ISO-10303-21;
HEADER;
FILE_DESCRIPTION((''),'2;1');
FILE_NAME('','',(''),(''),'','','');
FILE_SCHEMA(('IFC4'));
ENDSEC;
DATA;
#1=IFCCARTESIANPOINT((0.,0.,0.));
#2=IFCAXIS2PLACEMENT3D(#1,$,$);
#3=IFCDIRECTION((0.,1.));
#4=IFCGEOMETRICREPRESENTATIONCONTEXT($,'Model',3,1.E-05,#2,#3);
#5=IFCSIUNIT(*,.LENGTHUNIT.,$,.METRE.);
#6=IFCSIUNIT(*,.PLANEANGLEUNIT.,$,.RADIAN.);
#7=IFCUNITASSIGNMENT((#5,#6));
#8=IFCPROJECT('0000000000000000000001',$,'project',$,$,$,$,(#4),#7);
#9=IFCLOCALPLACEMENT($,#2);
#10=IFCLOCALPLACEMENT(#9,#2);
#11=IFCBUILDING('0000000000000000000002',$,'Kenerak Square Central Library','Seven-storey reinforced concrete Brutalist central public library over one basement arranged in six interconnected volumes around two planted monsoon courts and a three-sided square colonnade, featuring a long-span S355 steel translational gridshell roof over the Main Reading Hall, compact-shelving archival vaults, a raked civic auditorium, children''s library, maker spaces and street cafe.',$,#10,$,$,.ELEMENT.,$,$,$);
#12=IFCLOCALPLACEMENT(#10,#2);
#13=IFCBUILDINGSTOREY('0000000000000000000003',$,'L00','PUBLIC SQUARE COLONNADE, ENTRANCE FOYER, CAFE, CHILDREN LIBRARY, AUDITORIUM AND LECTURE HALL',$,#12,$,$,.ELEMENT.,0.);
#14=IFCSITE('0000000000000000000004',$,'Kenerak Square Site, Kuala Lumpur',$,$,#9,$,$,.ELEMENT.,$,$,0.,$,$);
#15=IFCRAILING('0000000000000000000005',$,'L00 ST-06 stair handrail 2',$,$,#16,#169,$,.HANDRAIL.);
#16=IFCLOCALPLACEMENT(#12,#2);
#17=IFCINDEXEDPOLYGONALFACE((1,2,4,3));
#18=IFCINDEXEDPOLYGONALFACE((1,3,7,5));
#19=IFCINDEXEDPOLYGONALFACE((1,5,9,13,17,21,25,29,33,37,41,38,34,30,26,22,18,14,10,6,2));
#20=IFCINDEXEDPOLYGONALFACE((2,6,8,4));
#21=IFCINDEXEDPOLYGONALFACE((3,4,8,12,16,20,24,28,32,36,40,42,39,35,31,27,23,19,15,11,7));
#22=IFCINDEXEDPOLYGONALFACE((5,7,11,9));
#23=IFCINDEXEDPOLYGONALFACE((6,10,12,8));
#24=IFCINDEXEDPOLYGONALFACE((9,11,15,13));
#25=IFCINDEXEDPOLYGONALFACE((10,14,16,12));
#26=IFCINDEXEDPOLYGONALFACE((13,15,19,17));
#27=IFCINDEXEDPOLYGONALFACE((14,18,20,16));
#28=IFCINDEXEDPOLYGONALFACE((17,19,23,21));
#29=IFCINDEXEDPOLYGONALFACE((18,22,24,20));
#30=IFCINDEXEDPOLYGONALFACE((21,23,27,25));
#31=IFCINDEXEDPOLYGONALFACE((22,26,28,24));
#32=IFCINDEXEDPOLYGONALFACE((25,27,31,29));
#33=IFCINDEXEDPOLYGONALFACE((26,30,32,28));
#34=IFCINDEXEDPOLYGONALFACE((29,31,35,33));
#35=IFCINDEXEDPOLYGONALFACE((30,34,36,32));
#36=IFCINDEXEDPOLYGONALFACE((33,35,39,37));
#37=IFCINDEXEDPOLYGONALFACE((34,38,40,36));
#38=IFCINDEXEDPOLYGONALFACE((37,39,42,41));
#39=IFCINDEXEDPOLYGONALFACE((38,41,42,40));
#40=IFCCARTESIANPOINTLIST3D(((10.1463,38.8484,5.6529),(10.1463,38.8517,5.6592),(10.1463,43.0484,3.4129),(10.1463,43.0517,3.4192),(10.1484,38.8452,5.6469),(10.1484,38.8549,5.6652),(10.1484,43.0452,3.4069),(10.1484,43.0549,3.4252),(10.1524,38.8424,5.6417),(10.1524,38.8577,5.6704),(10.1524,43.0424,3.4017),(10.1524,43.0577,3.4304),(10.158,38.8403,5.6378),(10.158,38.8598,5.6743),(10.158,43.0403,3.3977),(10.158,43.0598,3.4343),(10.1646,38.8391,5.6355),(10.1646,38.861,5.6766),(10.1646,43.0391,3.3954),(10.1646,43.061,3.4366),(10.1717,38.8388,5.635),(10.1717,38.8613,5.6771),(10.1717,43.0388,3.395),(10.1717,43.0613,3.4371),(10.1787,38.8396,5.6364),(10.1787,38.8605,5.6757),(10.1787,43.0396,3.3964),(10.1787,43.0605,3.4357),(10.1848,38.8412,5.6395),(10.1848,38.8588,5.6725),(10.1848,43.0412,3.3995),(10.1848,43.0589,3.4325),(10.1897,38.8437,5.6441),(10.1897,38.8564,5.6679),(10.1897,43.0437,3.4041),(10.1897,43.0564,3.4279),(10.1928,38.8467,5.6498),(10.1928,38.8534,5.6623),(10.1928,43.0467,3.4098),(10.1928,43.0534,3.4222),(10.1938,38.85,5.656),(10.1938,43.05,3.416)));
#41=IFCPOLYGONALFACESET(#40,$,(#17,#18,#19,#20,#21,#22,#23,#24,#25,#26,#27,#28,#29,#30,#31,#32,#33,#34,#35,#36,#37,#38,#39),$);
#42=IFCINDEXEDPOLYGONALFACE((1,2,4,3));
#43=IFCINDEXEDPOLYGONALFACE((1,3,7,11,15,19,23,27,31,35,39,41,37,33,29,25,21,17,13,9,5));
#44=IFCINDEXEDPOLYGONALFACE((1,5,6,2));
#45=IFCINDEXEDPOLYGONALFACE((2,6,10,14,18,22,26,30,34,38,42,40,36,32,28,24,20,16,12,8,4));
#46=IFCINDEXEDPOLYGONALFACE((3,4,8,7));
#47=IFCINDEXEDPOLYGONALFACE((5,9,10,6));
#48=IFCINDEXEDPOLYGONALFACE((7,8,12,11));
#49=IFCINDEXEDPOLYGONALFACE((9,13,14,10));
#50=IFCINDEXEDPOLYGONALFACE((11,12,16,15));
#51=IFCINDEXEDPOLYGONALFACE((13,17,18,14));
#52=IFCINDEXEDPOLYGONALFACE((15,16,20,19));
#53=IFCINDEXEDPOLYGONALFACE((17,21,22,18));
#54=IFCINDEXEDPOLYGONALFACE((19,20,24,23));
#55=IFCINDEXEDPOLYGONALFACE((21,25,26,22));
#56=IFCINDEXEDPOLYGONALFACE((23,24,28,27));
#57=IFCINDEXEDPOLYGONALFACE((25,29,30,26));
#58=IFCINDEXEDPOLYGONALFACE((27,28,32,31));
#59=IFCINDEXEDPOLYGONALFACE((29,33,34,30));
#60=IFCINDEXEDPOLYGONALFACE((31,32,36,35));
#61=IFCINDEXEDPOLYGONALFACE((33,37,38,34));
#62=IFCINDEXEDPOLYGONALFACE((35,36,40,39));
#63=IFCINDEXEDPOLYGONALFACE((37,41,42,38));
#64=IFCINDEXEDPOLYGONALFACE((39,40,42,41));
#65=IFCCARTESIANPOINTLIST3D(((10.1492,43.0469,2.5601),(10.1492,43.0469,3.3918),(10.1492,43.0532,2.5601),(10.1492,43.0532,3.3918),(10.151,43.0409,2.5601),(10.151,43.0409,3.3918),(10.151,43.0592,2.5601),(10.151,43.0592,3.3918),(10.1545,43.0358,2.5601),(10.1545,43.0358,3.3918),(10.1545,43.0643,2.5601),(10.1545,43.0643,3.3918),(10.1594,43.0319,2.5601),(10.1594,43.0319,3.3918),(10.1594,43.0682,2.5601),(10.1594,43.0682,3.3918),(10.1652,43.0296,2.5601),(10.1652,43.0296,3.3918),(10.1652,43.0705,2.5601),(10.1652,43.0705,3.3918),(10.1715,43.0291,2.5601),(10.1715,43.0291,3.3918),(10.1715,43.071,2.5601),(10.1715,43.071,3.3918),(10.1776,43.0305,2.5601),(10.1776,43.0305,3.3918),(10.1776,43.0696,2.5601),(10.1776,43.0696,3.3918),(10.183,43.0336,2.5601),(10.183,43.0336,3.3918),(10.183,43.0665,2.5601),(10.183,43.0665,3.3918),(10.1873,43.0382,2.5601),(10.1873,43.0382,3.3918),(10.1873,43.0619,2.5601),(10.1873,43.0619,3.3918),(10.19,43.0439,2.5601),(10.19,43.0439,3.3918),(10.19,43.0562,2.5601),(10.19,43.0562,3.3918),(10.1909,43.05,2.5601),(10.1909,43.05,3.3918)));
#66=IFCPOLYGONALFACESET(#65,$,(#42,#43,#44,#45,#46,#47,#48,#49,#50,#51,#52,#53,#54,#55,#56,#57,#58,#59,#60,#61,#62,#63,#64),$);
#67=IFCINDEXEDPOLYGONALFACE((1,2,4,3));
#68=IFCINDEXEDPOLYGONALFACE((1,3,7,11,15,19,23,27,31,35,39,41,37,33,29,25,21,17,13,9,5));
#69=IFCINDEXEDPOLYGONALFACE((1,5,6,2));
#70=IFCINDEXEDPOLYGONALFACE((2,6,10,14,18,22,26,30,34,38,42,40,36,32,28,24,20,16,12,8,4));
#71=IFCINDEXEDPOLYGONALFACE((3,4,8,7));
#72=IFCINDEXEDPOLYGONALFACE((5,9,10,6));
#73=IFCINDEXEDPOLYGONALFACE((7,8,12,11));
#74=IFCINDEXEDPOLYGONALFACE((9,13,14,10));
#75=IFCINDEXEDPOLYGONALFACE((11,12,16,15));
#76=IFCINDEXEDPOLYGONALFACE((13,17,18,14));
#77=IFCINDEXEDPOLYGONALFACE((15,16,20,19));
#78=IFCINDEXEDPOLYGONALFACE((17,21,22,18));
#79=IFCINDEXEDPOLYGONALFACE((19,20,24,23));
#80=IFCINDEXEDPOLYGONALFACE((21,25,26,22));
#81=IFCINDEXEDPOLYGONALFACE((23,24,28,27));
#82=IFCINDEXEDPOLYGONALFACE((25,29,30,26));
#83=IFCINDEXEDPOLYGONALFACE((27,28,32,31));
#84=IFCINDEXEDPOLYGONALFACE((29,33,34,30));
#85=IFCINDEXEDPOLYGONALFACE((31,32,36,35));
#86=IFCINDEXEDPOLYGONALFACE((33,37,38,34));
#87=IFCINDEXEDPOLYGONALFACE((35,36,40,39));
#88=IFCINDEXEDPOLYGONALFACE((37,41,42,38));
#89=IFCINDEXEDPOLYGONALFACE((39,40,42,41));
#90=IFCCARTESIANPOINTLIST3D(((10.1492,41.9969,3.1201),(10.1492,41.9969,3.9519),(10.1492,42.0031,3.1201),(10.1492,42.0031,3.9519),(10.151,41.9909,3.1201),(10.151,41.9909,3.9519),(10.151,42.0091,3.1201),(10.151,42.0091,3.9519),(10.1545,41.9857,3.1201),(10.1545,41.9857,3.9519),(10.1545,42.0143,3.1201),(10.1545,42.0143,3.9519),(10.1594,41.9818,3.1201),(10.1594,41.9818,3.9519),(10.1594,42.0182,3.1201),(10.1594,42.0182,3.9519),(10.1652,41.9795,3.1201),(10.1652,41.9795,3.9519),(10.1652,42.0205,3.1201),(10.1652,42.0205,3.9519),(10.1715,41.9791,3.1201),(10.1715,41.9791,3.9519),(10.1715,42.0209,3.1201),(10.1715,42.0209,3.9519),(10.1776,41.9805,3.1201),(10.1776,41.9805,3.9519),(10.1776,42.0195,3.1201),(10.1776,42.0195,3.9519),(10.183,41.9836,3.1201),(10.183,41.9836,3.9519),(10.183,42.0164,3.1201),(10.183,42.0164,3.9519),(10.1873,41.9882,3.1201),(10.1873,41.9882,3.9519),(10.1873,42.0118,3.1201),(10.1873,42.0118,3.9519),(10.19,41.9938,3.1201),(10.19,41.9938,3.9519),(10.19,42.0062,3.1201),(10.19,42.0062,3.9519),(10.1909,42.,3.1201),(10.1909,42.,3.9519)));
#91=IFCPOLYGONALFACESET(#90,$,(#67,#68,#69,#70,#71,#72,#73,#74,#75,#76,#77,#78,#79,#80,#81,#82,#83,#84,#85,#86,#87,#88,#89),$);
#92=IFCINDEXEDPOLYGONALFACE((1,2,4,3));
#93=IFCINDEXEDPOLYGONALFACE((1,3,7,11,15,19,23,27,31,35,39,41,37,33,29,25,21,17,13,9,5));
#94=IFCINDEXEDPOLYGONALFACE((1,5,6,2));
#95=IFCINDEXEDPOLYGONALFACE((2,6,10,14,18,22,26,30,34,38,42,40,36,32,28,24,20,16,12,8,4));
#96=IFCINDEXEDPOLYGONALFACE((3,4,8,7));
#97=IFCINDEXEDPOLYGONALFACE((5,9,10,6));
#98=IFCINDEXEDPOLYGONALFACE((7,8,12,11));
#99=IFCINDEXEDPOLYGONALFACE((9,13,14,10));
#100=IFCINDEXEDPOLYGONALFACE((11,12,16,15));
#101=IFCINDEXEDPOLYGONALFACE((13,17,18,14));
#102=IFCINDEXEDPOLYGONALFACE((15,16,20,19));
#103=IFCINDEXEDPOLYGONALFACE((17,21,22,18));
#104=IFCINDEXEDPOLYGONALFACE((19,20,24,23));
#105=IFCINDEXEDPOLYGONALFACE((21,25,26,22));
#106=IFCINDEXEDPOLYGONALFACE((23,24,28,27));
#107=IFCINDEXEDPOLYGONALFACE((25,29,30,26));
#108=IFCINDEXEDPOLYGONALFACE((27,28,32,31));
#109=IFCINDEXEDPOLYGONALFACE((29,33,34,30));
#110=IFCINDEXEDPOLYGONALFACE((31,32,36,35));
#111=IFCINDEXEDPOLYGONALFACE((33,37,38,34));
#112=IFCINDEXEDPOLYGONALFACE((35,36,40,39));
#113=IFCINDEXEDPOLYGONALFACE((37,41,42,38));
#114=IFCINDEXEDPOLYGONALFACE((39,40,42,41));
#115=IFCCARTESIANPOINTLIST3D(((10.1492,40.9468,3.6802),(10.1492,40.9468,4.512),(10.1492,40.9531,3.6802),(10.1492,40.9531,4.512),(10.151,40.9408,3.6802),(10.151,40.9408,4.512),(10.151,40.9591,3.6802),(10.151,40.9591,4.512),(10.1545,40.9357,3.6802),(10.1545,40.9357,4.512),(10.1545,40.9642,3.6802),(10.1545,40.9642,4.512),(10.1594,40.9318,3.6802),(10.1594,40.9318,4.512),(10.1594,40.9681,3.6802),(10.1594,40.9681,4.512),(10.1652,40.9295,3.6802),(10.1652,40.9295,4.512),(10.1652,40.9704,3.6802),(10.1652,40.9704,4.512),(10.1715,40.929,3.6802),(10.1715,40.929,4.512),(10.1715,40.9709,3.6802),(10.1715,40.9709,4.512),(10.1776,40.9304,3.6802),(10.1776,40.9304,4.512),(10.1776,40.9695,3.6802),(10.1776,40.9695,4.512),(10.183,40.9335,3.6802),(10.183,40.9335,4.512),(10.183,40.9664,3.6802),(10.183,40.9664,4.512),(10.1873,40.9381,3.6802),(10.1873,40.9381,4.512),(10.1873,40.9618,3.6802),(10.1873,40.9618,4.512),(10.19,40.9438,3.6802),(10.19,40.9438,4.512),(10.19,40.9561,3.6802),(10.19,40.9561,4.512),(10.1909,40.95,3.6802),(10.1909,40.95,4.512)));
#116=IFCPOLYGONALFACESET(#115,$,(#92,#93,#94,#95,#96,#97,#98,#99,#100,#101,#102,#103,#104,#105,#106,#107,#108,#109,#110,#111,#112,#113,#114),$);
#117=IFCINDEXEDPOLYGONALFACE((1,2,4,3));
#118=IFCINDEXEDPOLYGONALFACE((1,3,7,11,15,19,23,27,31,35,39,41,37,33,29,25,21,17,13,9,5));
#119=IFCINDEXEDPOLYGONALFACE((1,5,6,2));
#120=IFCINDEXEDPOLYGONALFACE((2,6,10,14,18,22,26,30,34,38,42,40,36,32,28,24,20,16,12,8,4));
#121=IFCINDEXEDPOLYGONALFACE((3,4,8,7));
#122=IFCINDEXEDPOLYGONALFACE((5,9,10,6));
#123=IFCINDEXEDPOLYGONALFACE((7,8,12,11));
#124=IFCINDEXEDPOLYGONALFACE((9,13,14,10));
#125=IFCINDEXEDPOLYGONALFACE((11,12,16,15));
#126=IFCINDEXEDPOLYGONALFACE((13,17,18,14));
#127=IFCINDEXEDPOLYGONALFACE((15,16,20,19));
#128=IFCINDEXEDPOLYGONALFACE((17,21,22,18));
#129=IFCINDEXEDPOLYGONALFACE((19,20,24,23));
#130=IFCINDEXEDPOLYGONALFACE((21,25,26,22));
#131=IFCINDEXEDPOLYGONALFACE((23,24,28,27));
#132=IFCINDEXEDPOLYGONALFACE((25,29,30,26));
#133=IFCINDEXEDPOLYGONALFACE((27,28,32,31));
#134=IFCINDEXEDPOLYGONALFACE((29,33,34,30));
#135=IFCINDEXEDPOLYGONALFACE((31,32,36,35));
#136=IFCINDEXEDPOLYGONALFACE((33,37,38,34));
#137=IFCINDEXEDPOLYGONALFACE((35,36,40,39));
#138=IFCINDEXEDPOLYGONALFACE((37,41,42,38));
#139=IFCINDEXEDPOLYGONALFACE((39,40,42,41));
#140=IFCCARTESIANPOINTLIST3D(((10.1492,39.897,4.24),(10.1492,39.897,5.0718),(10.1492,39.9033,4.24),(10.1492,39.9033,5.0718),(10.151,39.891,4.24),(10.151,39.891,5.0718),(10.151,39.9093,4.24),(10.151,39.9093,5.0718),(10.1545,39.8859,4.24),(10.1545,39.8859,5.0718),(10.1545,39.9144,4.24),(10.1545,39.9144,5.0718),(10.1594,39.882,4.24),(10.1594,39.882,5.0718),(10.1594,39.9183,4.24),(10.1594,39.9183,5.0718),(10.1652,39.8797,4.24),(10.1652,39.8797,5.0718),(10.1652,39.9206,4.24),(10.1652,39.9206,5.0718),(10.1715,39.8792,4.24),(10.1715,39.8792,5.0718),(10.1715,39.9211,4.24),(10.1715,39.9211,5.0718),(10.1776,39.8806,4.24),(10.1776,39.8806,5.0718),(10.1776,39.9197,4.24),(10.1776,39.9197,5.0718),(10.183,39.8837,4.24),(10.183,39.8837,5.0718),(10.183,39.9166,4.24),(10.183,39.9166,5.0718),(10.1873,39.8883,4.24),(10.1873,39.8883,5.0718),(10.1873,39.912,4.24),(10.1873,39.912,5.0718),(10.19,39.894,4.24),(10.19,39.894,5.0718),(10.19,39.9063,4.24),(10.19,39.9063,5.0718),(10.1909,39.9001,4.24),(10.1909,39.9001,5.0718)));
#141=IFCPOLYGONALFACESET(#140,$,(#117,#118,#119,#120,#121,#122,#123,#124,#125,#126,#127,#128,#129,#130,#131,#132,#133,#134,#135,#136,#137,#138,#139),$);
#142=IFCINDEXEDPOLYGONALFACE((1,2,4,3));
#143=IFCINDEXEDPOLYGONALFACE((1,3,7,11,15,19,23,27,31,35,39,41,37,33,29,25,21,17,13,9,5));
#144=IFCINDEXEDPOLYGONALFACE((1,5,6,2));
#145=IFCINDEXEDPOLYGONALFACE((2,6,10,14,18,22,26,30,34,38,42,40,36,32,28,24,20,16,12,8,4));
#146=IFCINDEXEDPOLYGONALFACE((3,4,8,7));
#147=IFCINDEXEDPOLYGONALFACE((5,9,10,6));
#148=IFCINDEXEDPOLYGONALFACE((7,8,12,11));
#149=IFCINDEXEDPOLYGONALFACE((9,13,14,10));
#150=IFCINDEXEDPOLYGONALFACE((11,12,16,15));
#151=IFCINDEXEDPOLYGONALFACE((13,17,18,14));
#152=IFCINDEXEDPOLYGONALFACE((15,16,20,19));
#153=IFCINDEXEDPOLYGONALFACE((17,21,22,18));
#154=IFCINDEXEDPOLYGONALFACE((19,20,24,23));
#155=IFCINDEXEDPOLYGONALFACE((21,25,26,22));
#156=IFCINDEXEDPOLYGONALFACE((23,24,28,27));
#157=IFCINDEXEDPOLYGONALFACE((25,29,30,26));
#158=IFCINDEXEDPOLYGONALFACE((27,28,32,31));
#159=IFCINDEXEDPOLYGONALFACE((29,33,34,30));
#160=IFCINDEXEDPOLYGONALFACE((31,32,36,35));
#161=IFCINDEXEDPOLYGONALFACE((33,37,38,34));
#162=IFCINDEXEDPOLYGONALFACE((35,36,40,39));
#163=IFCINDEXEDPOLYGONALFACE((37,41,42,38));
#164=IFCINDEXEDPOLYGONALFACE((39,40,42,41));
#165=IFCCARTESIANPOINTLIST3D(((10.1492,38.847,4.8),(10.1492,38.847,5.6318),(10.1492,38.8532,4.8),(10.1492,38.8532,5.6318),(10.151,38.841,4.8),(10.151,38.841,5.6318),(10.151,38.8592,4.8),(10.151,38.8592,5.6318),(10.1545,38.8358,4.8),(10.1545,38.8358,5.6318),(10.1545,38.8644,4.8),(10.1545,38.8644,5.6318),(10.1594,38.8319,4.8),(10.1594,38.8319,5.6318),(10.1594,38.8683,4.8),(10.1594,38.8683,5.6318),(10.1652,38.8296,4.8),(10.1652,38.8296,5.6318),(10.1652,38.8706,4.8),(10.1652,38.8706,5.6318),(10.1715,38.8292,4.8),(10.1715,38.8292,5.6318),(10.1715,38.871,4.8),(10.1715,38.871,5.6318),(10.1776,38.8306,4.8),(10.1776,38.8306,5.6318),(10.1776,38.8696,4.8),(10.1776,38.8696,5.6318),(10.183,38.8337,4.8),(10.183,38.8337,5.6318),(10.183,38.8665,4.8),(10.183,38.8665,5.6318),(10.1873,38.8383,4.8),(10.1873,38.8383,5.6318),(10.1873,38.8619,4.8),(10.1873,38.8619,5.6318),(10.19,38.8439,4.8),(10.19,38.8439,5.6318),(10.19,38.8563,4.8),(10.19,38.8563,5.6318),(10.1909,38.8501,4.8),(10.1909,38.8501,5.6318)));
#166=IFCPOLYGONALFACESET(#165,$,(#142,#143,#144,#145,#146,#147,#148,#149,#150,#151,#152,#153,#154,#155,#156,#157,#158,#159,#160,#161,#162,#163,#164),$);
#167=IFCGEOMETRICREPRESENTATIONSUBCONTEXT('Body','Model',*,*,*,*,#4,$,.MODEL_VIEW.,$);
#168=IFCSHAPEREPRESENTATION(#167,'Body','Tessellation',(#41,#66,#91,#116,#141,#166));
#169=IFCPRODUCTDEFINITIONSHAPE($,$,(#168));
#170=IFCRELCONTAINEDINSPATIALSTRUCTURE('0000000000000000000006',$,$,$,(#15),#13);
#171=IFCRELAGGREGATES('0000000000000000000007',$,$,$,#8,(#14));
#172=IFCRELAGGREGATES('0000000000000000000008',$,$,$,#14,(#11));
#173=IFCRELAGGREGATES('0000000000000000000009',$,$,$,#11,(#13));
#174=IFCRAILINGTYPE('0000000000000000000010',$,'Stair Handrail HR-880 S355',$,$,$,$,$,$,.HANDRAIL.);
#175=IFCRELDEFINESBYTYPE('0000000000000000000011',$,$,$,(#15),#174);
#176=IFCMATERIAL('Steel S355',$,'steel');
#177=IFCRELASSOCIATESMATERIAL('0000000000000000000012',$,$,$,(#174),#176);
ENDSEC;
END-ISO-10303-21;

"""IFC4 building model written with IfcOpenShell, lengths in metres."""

from ifc_helpers import new_model, si_unit, direction, frame, origin, origin_2d, place, context, subcontext, project, spatial, circle, extrude, material, type_object, element, save


model = new_model("IFC4")

# Units and contexts
model_context = context("Model", 3, precision=1e-05, world=origin(), true_north=direction((0.0, 1.0)))
body_context = subcontext(model_context, "Body", "Model", "MODEL_VIEW")
ifc_project = project(units=[si_unit("LENGTHUNIT", "METRE"), si_unit("PLANEANGLEUNIT", "RADIAN")], contexts=[model_context])

# Site, building, storey
site_placement = place(None, origin())
site = spatial("IfcSite", under=ifc_project, at=site_placement, Name="Kenerak Square Site, Kuala Lumpur", CompositionType="ELEMENT", RefElevation=0.0)
building_placement = place(site_placement, origin())
building = spatial("IfcBuilding", under=site, at=building_placement, Name="Kenerak Square Central Library", Description="Seven-storey reinforced concrete Brutalist central public library over one basement arranged in six interconnected volumes around two planted monsoon courts and a three-sided square colonnade, featuring a long-span S355 steel translational gridshell roof over the Main Reading Hall, compact-shelving archival vaults, a raked civic auditorium, children's library, maker spaces and street cafe.", CompositionType="ELEMENT")
storey_placement = place(building_placement, origin())
storey = spatial("IfcBuildingStorey", under=building, at=storey_placement, Name="L00", Description="PUBLIC SQUARE COLONNADE, ENTRANCE FOYER, CAFE, CHILDREN LIBRARY, AUDITORIUM AND LECTURE HALL", CompositionType="ELEMENT", Elevation=0.0)

# Shared definitions
ifc_material_1 = material(Name="Steel S355", Category="steel")

# Railing
railing_type_1 = type_object("IfcRailingType", Name="Stair Handrail HR-880 S355", PredefinedType="HANDRAIL", material=ifc_material_1)
railing_1_placement = place(storey_placement, frame((10.1699, 43.05, 2.5601)))
element("IfcRailing", 1, at=railing_1_placement, inside=storey, type_object=railing_type_1, Name="L00 ST-06 stair handrail 2", PredefinedType="HANDRAIL", context=body_context, shape_type="SweptSolid", body=[
    extrude(circle(Radius=0.0239, at=origin_2d()), frame((0.0, 0.0, 0.856), z_axis=(0.0, -0.882352, 0.470591), x_axis=(1.0, 0.0, 0.0)), (0.0, 0.0, 1.0), 4.76),
    extrude(circle(Radius=0.021, at=origin_2d()), origin(), (0.0, 0.0, 1.0), 0.8318),
    extrude(circle(Radius=0.021, at=origin_2d()), frame((0.0, -1.05, 0.5601)), (0.0, 0.0, 1.0), 0.8318),
    extrude(circle(Radius=0.021, at=origin_2d()), frame((0.0, -2.1001, 1.1201)), (0.0, 0.0, 1.0), 0.8318),
    extrude(circle(Radius=0.021, at=origin_2d()), frame((0.0, -3.1499, 1.6799)), (0.0, 0.0, 1.0), 0.8318),
    extrude(circle(Radius=0.021, at=origin_2d()), frame((0.0, -4.2, 2.24)), (0.0, 0.0, 1.0), 0.8318),
])

save(model, "model.ifc")
